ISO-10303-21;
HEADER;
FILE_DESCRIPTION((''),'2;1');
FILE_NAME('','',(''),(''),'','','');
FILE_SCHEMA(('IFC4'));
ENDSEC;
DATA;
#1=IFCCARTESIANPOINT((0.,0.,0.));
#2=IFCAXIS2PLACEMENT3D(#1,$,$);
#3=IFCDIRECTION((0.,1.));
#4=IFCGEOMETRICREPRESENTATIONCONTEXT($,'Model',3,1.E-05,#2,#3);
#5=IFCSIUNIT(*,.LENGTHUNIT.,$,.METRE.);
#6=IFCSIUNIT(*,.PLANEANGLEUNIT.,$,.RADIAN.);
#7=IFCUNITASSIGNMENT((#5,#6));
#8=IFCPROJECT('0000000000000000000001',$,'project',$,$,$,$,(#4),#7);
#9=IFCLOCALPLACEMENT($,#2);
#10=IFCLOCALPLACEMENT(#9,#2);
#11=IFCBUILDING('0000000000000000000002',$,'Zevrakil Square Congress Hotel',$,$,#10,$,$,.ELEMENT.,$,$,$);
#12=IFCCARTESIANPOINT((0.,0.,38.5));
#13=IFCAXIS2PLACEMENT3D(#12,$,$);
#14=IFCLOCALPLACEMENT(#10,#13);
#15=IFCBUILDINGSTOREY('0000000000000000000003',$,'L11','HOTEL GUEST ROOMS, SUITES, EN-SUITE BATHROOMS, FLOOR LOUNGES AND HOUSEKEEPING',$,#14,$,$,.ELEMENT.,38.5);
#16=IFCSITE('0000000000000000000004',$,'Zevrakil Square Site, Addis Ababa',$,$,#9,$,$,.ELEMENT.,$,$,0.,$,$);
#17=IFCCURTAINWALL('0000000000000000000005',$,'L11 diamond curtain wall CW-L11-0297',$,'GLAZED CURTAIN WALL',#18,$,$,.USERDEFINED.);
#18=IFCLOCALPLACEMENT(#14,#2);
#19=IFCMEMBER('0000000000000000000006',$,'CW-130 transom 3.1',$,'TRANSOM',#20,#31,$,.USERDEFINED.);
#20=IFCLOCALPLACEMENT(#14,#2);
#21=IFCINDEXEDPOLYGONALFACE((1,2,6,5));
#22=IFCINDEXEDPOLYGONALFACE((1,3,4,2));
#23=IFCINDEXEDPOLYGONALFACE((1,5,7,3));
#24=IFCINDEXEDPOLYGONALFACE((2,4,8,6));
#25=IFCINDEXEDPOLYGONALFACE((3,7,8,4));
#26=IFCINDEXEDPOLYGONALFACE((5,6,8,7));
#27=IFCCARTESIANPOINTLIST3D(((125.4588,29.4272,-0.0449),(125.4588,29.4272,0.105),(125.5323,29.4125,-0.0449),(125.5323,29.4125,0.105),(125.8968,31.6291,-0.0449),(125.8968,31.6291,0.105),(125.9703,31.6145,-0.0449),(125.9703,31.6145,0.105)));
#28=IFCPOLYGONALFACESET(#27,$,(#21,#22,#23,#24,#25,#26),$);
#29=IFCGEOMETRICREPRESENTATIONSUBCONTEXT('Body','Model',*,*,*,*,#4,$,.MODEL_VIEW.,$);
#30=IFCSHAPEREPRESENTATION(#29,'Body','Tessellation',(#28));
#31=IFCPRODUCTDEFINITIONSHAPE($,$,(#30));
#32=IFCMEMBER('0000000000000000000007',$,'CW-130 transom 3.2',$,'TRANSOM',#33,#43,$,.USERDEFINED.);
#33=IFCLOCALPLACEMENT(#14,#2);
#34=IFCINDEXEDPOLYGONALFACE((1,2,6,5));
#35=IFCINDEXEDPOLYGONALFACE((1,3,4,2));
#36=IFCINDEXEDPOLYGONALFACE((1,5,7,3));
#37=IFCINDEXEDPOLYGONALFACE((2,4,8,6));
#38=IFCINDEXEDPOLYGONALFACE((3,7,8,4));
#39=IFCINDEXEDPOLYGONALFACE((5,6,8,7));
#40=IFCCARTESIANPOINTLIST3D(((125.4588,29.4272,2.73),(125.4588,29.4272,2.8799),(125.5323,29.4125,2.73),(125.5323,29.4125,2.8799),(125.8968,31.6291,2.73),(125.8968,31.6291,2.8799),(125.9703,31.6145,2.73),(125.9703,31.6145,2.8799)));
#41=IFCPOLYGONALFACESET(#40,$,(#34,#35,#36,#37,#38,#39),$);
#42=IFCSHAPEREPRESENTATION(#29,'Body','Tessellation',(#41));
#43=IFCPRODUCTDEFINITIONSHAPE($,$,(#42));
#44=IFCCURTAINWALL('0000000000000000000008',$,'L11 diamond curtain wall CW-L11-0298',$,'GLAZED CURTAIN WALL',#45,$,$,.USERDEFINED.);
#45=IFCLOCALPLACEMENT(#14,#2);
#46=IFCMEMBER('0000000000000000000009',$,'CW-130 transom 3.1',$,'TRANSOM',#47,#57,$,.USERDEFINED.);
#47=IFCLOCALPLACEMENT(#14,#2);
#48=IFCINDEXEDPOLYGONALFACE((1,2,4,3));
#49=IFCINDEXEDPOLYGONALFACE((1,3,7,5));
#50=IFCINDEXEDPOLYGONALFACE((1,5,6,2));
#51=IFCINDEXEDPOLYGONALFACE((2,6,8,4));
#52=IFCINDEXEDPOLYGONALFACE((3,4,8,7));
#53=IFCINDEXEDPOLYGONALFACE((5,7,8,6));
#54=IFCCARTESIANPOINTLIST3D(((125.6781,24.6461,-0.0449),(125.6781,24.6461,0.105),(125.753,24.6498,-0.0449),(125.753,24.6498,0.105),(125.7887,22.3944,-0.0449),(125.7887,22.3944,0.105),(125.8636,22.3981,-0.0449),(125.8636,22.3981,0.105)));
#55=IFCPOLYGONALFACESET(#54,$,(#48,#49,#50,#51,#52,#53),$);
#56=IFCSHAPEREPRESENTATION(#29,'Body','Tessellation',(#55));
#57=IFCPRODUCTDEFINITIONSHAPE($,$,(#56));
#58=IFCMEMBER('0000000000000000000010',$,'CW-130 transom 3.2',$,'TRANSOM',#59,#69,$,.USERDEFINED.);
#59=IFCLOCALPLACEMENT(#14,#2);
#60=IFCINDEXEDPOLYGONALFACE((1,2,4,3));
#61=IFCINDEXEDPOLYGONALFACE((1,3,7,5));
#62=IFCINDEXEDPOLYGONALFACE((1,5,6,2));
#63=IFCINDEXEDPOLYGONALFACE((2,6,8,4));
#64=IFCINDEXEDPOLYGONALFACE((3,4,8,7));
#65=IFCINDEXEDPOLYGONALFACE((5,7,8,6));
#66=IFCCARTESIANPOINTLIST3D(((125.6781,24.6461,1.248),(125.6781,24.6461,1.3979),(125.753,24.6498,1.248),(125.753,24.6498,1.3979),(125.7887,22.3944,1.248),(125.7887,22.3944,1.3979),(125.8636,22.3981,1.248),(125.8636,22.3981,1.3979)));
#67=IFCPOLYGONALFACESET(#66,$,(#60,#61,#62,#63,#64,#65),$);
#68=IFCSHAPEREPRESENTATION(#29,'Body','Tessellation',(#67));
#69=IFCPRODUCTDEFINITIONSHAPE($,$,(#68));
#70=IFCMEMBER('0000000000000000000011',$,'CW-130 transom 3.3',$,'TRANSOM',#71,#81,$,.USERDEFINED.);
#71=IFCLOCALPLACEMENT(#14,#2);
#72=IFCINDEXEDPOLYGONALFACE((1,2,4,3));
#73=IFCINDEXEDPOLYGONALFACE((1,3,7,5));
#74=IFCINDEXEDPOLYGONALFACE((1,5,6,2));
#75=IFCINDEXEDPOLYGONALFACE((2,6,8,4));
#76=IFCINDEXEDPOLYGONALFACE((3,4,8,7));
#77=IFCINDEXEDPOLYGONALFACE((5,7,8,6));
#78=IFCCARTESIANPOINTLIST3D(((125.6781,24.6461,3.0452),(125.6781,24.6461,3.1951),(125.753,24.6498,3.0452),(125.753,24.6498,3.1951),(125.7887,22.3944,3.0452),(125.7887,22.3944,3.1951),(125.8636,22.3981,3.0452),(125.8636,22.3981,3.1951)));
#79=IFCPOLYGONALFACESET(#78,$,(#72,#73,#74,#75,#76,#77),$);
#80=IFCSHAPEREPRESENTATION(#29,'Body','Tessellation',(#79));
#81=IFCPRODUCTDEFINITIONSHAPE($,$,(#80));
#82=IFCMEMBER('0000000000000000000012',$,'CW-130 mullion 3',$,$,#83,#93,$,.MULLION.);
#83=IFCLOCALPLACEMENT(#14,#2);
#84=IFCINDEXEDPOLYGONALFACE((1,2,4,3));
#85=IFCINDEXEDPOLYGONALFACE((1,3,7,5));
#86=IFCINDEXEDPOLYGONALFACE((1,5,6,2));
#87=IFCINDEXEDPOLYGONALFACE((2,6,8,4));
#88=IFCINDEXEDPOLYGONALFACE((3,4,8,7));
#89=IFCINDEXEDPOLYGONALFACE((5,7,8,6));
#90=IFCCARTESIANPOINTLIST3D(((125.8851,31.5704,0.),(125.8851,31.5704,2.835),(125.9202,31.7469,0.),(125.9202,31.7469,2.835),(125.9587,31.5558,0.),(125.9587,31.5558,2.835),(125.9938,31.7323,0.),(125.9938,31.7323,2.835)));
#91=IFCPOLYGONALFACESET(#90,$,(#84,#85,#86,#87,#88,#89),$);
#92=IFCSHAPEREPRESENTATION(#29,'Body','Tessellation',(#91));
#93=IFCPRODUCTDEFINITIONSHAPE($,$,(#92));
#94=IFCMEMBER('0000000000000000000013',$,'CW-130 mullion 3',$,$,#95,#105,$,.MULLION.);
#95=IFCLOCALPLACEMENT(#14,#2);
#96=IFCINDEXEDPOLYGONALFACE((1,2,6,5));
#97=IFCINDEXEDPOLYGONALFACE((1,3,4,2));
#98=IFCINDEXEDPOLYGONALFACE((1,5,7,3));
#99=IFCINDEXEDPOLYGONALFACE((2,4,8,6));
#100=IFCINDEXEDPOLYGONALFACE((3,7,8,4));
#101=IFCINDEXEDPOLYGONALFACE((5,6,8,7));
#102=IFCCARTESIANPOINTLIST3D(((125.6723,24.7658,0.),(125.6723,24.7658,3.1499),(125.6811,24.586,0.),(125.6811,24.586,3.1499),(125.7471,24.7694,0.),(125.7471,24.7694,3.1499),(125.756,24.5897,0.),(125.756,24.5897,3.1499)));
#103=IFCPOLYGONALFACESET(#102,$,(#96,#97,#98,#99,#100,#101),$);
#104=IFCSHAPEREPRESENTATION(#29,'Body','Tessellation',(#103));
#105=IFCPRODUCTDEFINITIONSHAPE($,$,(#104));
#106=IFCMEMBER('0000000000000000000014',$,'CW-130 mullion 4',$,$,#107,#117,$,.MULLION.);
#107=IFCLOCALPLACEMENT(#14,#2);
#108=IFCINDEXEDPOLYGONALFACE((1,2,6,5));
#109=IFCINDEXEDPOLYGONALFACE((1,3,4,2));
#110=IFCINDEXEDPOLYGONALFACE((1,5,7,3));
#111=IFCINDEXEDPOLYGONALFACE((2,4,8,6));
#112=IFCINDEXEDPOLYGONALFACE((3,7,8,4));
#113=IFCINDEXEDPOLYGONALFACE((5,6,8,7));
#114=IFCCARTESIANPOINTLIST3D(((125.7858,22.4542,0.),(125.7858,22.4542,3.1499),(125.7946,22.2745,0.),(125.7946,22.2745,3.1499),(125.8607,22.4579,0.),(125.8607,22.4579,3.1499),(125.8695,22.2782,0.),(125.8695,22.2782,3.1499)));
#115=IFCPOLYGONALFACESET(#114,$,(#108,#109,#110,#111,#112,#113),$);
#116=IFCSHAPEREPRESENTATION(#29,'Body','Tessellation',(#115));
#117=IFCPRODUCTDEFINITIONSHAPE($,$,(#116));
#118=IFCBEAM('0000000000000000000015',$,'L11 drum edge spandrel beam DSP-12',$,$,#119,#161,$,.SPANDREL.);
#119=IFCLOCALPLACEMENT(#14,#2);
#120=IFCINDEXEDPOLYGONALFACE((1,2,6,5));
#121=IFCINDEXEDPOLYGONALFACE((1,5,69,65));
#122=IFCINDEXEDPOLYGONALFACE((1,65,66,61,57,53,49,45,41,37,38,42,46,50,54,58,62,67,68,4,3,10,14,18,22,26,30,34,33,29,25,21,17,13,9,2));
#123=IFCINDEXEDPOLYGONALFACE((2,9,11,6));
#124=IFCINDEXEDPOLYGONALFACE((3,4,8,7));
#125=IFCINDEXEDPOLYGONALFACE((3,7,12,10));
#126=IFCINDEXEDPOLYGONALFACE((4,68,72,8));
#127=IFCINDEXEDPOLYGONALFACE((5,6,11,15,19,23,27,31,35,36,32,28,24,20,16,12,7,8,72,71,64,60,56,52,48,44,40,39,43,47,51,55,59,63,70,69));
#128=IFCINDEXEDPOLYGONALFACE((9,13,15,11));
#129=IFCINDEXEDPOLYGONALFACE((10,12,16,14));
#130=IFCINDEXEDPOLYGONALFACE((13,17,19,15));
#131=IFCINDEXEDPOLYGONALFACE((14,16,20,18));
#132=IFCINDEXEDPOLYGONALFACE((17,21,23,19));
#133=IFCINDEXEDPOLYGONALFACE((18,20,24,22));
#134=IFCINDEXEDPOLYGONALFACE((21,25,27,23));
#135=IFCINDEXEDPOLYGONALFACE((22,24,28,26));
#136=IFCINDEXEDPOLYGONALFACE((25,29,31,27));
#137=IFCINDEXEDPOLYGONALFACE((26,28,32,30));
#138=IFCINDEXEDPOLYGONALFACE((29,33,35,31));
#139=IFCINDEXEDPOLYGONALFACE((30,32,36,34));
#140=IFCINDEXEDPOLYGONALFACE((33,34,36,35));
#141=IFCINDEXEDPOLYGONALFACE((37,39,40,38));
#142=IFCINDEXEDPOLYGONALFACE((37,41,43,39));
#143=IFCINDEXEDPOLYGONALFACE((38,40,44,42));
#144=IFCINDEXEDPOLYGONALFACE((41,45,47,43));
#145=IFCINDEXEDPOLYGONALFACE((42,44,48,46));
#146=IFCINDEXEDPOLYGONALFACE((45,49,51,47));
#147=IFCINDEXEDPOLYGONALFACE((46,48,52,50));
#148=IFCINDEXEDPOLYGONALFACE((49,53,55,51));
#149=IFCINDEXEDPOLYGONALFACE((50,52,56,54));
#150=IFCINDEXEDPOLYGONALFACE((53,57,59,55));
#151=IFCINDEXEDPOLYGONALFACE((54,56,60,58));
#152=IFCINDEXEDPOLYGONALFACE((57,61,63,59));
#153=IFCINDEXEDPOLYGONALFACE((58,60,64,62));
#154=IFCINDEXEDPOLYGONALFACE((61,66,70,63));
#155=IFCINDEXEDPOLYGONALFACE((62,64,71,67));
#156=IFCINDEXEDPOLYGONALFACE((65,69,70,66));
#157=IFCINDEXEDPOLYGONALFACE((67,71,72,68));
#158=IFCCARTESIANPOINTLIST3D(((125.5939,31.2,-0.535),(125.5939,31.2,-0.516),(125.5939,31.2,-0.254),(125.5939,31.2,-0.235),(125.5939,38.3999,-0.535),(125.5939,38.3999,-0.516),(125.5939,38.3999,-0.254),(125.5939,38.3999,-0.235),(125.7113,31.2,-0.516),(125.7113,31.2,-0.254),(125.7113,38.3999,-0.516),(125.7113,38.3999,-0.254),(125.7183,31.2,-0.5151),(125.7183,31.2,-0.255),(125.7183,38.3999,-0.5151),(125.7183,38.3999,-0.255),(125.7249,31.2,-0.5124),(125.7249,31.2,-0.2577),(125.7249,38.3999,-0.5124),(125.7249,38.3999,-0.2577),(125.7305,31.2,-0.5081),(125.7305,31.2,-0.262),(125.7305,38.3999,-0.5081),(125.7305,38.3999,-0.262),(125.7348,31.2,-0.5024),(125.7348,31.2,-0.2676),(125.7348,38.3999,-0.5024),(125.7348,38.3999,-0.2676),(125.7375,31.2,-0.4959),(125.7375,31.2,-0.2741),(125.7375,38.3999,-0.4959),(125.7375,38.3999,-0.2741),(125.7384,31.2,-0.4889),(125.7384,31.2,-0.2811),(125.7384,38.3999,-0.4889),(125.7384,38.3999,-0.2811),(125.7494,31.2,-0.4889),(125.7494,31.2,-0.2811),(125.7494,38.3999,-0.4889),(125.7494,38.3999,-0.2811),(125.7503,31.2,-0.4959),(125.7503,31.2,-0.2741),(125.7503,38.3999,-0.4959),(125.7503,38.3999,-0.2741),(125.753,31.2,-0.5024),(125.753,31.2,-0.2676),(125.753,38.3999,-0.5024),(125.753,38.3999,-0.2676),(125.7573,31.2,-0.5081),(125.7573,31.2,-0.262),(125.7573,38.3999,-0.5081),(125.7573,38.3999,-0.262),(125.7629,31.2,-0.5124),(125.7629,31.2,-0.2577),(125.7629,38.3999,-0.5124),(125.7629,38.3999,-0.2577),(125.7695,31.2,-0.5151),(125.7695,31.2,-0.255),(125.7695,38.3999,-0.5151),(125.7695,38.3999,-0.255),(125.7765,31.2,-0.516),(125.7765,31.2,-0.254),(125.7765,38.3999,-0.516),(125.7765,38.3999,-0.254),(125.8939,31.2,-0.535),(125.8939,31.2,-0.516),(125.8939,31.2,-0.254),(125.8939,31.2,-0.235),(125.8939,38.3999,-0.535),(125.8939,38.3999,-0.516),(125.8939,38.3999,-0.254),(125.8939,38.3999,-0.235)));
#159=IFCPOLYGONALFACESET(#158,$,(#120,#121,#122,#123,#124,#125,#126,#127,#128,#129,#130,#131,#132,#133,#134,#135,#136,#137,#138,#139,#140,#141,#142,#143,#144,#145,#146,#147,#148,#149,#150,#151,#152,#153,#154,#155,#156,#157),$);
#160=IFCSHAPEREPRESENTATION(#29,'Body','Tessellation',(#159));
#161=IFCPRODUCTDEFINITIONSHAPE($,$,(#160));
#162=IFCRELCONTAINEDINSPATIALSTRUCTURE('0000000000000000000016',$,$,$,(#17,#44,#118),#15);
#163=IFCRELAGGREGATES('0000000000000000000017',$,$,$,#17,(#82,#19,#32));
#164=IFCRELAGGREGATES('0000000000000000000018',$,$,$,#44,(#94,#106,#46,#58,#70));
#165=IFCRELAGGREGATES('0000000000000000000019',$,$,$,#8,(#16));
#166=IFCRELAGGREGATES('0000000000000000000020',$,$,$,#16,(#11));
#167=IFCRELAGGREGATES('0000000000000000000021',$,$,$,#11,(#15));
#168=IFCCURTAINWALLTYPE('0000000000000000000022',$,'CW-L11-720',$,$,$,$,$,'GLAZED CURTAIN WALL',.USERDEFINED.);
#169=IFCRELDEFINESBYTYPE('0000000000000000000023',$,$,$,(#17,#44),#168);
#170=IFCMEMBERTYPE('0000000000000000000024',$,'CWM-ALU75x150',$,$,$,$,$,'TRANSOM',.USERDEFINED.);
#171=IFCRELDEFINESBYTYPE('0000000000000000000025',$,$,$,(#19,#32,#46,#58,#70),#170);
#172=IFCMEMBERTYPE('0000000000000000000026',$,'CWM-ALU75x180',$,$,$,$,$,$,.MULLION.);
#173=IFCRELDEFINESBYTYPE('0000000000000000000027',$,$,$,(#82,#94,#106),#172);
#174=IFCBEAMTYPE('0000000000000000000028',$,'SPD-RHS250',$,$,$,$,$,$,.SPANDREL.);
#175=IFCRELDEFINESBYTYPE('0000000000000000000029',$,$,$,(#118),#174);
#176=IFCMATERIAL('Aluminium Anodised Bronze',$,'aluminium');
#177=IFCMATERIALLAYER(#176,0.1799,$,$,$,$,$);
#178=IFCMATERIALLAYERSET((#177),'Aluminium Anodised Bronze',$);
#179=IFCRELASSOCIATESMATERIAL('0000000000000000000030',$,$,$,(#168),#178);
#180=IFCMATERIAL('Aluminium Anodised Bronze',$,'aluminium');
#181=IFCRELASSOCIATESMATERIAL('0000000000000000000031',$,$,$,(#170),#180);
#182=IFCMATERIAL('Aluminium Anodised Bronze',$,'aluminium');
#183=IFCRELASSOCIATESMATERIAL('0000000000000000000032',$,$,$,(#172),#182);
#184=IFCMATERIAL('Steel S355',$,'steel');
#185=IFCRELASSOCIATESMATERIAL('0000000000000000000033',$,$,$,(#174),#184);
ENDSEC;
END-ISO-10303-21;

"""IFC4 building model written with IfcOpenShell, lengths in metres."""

from ifc_helpers import new_model, si_unit, direction, frame, origin, origin_2d, place, context, subcontext, project, spatial, rectangle, i_section, extrude, material, layer, layer_set, material_profile, profile_set, type_object, element, aggregate, save


model = new_model("IFC4")

# Units and contexts
model_context = context("Model", 3, precision=1e-05, world=origin(), true_north=direction((0.0, 1.0)))
body_context = subcontext(model_context, "Body", "Model", "MODEL_VIEW")
ifc_project = project(units=[si_unit("LENGTHUNIT", "METRE"), si_unit("PLANEANGLEUNIT", "RADIAN")], contexts=[model_context])

# Site, building, storey
site_placement = place(None, origin())
site = spatial("IfcSite", under=ifc_project, at=site_placement, Name="Zevrakil Square Site, Addis Ababa", CompositionType="ELEMENT", RefElevation=0.0)
building_placement = place(site_placement, origin())
building = spatial("IfcBuilding", under=site, at=building_placement, Name="Zevrakil Square Congress Hotel", CompositionType="ELEMENT")
storey_placement = place(building_placement, frame((0.0, 0.0, 38.5)))
storey = spatial("IfcBuildingStorey", under=building, at=storey_placement, Name="L11", Description="HOTEL GUEST ROOMS, SUITES, EN-SUITE BATHROOMS, FLOOR LOUNGES AND HOUSEKEEPING", CompositionType="ELEMENT", Elevation=38.5)

# Curtain walls, members
ifc_material_1 = material(Name="Aluminium Anodised Bronze", Category="aluminium")
ifc_layer_1 = layer(ifc_material_1, 0.1799)
ifc_layer_set_1 = layer_set([ifc_layer_1], Name="Aluminium Anodised Bronze")
curtain_wall_type = type_object("IfcCurtainWallType", Name="CW-L11-720", ElementType="GLAZED CURTAIN WALL", PredefinedType="USERDEFINED", material=ifc_layer_set_1)
curtain_wall_1_placement = place(storey_placement, origin())
curtain_wall_1 = element("IfcCurtainWall", 1, at=curtain_wall_1_placement, inside=storey, type_object=curtain_wall_type, Name="L11 diamond curtain wall CW-L11-0297", ObjectType="GLAZED CURTAIN WALL", PredefinedType="USERDEFINED")
ifc_material_2 = material(Name="Aluminium Anodised Bronze", Category="aluminium")
ifc_material_profile_1 = material_profile(ifc_material_2, rectangle(XDim=0.075, YDim=0.1499, at=origin_2d()), Name="ALU 75x150")
ifc_profile_set_1 = profile_set([ifc_material_profile_1], Name="Aluminium Anodised Bronze")
member_type_1 = type_object("IfcMemberType", Name="CWM-ALU75x150", ElementType="TRANSOM", PredefinedType="USERDEFINED", material=ifc_profile_set_1)
member_1_placement = place(storey_placement, frame((125.9336, 31.6218, 0.03), z_axis=(-0.195091, -0.980785, 0.0), x_axis=(0.980785, -0.195091, 0.0)))
member_1 = element("IfcMember", 2, at=member_1_placement, type_object=member_type_1, Name="CW-130 transom 3.1", ObjectType="TRANSOM", PredefinedType="USERDEFINED", context=body_context, shape_type="SweptSolid", body=[
    extrude(rectangle(XDim=0.075, YDim=0.1499, at=origin_2d()), origin(), (0.0, 0.0, 1.0), 2.2451),
])
member_2_placement = place(storey_placement, frame((125.9336, 31.6218, 2.8049), z_axis=(-0.195091, -0.980785, 0.0), x_axis=(0.980785, -0.195091, 0.0)))
member_2 = element("IfcMember", 3, at=member_2_placement, type_object=member_type_1, Name="CW-130 transom 3.2", ObjectType="TRANSOM", PredefinedType="USERDEFINED", context=body_context, shape_type="SweptSolid", body=[
    extrude(rectangle(XDim=0.075, YDim=0.1499, at=origin_2d()), origin(), (0.0, 0.0, 1.0), 2.2451),
])
curtain_wall_2_placement = place(storey_placement, origin())
curtain_wall_2 = element("IfcCurtainWall", 4, at=curtain_wall_2_placement, inside=storey, type_object=curtain_wall_type, Name="L11 diamond curtain wall CW-L11-0298", ObjectType="GLAZED CURTAIN WALL", PredefinedType="USERDEFINED")
member_3_placement = place(storey_placement, frame((125.7156, 24.6479, 0.03), z_axis=(0.049057, -0.998796, 0.0), x_axis=(0.998796, 0.049057, 0.0)))
member_3 = element("IfcMember", 5, at=member_3_placement, type_object=member_type_1, Name="CW-130 transom 3.1", ObjectType="TRANSOM", PredefinedType="USERDEFINED", context=body_context, shape_type="SweptSolid", body=[
    extrude(rectangle(XDim=0.075, YDim=0.1499, at=origin_2d()), origin(), (0.0, 0.0, 1.0), 2.2544),
])
member_4_placement = place(storey_placement, frame((125.7156, 24.6479, 1.323), z_axis=(0.049057, -0.998796, 0.0), x_axis=(0.998796, 0.049057, 0.0)))
member_4 = element("IfcMember", 6, at=member_4_placement, type_object=member_type_1, Name="CW-130 transom 3.2", ObjectType="TRANSOM", PredefinedType="USERDEFINED", context=body_context, shape_type="SweptSolid", body=[
    extrude(rectangle(XDim=0.075, YDim=0.1499, at=origin_2d()), origin(), (0.0, 0.0, 1.0), 2.2544),
])
member_5_placement = place(storey_placement, frame((125.7156, 24.6479, 3.1201), z_axis=(0.049057, -0.998796, 0.0), x_axis=(0.998796, 0.049057, 0.0)))
member_5 = element("IfcMember", 7, at=member_5_placement, type_object=member_type_1, Name="CW-130 transom 3.3", ObjectType="TRANSOM", PredefinedType="USERDEFINED", context=body_context, shape_type="SweptSolid", body=[
    extrude(rectangle(XDim=0.075, YDim=0.1499, at=origin_2d()), origin(), (0.0, 0.0, 1.0), 2.2544),
])

# Members
ifc_material_3 = material(Name="Aluminium Anodised Bronze", Category="aluminium")
ifc_material_profile_2 = material_profile(ifc_material_3, rectangle(XDim=0.075, YDim=0.1799, at=origin_2d()), Name="ALU 75x180")
ifc_profile_set_2 = profile_set([ifc_material_profile_2], Name="Aluminium Anodised Bronze")
member_type_2 = type_object("IfcMemberType", Name="CWM-ALU75x180", PredefinedType="MULLION", material=ifc_profile_set_2)
member_6_placement = place(storey_placement, frame((125.9395, 31.6514, 0.0), z_axis=(0.0, 0.0, 1.0), x_axis=(0.980787, -0.195084, 0.0)))
member_6 = element("IfcMember", 8, at=member_6_placement, type_object=member_type_2, Name="CW-130 mullion 3", PredefinedType="MULLION", context=body_context, shape_type="SweptSolid", body=[
    extrude(rectangle(XDim=0.075, YDim=0.1799, at=origin_2d()), origin(), (0.0, 0.0, 1.0), 2.835),
])
member_7_placement = place(storey_placement, frame((125.7141, 24.6777, 0.0), z_axis=(0.0, 0.0, 1.0), x_axis=(0.998796, 0.049053, 0.0)))
member_7 = element("IfcMember", 9, at=member_7_placement, type_object=member_type_2, Name="CW-130 mullion 3", PredefinedType="MULLION", context=body_context, shape_type="SweptSolid", body=[
    extrude(rectangle(XDim=0.075, YDim=0.1799, at=origin_2d()), origin(), (0.0, 0.0, 1.0), 3.1499),
])
member_8_placement = place(storey_placement, frame((125.8276, 22.3662, 0.0), z_axis=(0.0, 0.0, 1.0), x_axis=(0.998796, 0.049053, 0.0)))
member_8 = element("IfcMember", 10, at=member_8_placement, type_object=member_type_2, Name="CW-130 mullion 4", PredefinedType="MULLION", context=body_context, shape_type="SweptSolid", body=[
    extrude(rectangle(XDim=0.075, YDim=0.1799, at=origin_2d()), origin(), (0.0, 0.0, 1.0), 3.1499),
])

# Beam
ifc_material_4 = material(Name="Steel S355", Category="steel")
ifc_material_profile_3 = material_profile(ifc_material_4, i_section(OverallWidth=0.3, OverallDepth=0.3, WebThickness=0.011, FlangeThickness=0.019, FilletRadius=0.0271, at=origin_2d()), Name="HEB 300")
ifc_profile_set_3 = profile_set([ifc_material_profile_3], Name="Steel S355")
beam_type = type_object("IfcBeamType", Name="SPD-RHS250", PredefinedType="SPANDREL", material=ifc_profile_set_3)
for number, where, z_axis, x_axis, name in (
    (11, (125.7439, 38.3999, -0.385), (0.0, -1.0, 0.0), (1.0, 0.0, 0.0), "L11 drum edge spandrel beam DSP-12"),
):
    element("IfcBeam", number, at=place(storey_placement, frame(where, z_axis=z_axis, x_axis=x_axis)), inside=storey, type_object=beam_type, Name=name, PredefinedType="SPANDREL", context=body_context, shape_type="SweptSolid", body=[
        extrude(i_section(OverallWidth=0.3, OverallDepth=0.3, WebThickness=0.011, FlangeThickness=0.019, FilletRadius=0.0271, at=origin_2d()), origin(), (0.0, 0.0, 1.0), 7.2),
    ])

aggregate(curtain_wall_1, [member_6, member_1, member_2])
aggregate(curtain_wall_2, [member_7, member_8, member_3, member_4, member_5])

save(model, "model.ifc")
